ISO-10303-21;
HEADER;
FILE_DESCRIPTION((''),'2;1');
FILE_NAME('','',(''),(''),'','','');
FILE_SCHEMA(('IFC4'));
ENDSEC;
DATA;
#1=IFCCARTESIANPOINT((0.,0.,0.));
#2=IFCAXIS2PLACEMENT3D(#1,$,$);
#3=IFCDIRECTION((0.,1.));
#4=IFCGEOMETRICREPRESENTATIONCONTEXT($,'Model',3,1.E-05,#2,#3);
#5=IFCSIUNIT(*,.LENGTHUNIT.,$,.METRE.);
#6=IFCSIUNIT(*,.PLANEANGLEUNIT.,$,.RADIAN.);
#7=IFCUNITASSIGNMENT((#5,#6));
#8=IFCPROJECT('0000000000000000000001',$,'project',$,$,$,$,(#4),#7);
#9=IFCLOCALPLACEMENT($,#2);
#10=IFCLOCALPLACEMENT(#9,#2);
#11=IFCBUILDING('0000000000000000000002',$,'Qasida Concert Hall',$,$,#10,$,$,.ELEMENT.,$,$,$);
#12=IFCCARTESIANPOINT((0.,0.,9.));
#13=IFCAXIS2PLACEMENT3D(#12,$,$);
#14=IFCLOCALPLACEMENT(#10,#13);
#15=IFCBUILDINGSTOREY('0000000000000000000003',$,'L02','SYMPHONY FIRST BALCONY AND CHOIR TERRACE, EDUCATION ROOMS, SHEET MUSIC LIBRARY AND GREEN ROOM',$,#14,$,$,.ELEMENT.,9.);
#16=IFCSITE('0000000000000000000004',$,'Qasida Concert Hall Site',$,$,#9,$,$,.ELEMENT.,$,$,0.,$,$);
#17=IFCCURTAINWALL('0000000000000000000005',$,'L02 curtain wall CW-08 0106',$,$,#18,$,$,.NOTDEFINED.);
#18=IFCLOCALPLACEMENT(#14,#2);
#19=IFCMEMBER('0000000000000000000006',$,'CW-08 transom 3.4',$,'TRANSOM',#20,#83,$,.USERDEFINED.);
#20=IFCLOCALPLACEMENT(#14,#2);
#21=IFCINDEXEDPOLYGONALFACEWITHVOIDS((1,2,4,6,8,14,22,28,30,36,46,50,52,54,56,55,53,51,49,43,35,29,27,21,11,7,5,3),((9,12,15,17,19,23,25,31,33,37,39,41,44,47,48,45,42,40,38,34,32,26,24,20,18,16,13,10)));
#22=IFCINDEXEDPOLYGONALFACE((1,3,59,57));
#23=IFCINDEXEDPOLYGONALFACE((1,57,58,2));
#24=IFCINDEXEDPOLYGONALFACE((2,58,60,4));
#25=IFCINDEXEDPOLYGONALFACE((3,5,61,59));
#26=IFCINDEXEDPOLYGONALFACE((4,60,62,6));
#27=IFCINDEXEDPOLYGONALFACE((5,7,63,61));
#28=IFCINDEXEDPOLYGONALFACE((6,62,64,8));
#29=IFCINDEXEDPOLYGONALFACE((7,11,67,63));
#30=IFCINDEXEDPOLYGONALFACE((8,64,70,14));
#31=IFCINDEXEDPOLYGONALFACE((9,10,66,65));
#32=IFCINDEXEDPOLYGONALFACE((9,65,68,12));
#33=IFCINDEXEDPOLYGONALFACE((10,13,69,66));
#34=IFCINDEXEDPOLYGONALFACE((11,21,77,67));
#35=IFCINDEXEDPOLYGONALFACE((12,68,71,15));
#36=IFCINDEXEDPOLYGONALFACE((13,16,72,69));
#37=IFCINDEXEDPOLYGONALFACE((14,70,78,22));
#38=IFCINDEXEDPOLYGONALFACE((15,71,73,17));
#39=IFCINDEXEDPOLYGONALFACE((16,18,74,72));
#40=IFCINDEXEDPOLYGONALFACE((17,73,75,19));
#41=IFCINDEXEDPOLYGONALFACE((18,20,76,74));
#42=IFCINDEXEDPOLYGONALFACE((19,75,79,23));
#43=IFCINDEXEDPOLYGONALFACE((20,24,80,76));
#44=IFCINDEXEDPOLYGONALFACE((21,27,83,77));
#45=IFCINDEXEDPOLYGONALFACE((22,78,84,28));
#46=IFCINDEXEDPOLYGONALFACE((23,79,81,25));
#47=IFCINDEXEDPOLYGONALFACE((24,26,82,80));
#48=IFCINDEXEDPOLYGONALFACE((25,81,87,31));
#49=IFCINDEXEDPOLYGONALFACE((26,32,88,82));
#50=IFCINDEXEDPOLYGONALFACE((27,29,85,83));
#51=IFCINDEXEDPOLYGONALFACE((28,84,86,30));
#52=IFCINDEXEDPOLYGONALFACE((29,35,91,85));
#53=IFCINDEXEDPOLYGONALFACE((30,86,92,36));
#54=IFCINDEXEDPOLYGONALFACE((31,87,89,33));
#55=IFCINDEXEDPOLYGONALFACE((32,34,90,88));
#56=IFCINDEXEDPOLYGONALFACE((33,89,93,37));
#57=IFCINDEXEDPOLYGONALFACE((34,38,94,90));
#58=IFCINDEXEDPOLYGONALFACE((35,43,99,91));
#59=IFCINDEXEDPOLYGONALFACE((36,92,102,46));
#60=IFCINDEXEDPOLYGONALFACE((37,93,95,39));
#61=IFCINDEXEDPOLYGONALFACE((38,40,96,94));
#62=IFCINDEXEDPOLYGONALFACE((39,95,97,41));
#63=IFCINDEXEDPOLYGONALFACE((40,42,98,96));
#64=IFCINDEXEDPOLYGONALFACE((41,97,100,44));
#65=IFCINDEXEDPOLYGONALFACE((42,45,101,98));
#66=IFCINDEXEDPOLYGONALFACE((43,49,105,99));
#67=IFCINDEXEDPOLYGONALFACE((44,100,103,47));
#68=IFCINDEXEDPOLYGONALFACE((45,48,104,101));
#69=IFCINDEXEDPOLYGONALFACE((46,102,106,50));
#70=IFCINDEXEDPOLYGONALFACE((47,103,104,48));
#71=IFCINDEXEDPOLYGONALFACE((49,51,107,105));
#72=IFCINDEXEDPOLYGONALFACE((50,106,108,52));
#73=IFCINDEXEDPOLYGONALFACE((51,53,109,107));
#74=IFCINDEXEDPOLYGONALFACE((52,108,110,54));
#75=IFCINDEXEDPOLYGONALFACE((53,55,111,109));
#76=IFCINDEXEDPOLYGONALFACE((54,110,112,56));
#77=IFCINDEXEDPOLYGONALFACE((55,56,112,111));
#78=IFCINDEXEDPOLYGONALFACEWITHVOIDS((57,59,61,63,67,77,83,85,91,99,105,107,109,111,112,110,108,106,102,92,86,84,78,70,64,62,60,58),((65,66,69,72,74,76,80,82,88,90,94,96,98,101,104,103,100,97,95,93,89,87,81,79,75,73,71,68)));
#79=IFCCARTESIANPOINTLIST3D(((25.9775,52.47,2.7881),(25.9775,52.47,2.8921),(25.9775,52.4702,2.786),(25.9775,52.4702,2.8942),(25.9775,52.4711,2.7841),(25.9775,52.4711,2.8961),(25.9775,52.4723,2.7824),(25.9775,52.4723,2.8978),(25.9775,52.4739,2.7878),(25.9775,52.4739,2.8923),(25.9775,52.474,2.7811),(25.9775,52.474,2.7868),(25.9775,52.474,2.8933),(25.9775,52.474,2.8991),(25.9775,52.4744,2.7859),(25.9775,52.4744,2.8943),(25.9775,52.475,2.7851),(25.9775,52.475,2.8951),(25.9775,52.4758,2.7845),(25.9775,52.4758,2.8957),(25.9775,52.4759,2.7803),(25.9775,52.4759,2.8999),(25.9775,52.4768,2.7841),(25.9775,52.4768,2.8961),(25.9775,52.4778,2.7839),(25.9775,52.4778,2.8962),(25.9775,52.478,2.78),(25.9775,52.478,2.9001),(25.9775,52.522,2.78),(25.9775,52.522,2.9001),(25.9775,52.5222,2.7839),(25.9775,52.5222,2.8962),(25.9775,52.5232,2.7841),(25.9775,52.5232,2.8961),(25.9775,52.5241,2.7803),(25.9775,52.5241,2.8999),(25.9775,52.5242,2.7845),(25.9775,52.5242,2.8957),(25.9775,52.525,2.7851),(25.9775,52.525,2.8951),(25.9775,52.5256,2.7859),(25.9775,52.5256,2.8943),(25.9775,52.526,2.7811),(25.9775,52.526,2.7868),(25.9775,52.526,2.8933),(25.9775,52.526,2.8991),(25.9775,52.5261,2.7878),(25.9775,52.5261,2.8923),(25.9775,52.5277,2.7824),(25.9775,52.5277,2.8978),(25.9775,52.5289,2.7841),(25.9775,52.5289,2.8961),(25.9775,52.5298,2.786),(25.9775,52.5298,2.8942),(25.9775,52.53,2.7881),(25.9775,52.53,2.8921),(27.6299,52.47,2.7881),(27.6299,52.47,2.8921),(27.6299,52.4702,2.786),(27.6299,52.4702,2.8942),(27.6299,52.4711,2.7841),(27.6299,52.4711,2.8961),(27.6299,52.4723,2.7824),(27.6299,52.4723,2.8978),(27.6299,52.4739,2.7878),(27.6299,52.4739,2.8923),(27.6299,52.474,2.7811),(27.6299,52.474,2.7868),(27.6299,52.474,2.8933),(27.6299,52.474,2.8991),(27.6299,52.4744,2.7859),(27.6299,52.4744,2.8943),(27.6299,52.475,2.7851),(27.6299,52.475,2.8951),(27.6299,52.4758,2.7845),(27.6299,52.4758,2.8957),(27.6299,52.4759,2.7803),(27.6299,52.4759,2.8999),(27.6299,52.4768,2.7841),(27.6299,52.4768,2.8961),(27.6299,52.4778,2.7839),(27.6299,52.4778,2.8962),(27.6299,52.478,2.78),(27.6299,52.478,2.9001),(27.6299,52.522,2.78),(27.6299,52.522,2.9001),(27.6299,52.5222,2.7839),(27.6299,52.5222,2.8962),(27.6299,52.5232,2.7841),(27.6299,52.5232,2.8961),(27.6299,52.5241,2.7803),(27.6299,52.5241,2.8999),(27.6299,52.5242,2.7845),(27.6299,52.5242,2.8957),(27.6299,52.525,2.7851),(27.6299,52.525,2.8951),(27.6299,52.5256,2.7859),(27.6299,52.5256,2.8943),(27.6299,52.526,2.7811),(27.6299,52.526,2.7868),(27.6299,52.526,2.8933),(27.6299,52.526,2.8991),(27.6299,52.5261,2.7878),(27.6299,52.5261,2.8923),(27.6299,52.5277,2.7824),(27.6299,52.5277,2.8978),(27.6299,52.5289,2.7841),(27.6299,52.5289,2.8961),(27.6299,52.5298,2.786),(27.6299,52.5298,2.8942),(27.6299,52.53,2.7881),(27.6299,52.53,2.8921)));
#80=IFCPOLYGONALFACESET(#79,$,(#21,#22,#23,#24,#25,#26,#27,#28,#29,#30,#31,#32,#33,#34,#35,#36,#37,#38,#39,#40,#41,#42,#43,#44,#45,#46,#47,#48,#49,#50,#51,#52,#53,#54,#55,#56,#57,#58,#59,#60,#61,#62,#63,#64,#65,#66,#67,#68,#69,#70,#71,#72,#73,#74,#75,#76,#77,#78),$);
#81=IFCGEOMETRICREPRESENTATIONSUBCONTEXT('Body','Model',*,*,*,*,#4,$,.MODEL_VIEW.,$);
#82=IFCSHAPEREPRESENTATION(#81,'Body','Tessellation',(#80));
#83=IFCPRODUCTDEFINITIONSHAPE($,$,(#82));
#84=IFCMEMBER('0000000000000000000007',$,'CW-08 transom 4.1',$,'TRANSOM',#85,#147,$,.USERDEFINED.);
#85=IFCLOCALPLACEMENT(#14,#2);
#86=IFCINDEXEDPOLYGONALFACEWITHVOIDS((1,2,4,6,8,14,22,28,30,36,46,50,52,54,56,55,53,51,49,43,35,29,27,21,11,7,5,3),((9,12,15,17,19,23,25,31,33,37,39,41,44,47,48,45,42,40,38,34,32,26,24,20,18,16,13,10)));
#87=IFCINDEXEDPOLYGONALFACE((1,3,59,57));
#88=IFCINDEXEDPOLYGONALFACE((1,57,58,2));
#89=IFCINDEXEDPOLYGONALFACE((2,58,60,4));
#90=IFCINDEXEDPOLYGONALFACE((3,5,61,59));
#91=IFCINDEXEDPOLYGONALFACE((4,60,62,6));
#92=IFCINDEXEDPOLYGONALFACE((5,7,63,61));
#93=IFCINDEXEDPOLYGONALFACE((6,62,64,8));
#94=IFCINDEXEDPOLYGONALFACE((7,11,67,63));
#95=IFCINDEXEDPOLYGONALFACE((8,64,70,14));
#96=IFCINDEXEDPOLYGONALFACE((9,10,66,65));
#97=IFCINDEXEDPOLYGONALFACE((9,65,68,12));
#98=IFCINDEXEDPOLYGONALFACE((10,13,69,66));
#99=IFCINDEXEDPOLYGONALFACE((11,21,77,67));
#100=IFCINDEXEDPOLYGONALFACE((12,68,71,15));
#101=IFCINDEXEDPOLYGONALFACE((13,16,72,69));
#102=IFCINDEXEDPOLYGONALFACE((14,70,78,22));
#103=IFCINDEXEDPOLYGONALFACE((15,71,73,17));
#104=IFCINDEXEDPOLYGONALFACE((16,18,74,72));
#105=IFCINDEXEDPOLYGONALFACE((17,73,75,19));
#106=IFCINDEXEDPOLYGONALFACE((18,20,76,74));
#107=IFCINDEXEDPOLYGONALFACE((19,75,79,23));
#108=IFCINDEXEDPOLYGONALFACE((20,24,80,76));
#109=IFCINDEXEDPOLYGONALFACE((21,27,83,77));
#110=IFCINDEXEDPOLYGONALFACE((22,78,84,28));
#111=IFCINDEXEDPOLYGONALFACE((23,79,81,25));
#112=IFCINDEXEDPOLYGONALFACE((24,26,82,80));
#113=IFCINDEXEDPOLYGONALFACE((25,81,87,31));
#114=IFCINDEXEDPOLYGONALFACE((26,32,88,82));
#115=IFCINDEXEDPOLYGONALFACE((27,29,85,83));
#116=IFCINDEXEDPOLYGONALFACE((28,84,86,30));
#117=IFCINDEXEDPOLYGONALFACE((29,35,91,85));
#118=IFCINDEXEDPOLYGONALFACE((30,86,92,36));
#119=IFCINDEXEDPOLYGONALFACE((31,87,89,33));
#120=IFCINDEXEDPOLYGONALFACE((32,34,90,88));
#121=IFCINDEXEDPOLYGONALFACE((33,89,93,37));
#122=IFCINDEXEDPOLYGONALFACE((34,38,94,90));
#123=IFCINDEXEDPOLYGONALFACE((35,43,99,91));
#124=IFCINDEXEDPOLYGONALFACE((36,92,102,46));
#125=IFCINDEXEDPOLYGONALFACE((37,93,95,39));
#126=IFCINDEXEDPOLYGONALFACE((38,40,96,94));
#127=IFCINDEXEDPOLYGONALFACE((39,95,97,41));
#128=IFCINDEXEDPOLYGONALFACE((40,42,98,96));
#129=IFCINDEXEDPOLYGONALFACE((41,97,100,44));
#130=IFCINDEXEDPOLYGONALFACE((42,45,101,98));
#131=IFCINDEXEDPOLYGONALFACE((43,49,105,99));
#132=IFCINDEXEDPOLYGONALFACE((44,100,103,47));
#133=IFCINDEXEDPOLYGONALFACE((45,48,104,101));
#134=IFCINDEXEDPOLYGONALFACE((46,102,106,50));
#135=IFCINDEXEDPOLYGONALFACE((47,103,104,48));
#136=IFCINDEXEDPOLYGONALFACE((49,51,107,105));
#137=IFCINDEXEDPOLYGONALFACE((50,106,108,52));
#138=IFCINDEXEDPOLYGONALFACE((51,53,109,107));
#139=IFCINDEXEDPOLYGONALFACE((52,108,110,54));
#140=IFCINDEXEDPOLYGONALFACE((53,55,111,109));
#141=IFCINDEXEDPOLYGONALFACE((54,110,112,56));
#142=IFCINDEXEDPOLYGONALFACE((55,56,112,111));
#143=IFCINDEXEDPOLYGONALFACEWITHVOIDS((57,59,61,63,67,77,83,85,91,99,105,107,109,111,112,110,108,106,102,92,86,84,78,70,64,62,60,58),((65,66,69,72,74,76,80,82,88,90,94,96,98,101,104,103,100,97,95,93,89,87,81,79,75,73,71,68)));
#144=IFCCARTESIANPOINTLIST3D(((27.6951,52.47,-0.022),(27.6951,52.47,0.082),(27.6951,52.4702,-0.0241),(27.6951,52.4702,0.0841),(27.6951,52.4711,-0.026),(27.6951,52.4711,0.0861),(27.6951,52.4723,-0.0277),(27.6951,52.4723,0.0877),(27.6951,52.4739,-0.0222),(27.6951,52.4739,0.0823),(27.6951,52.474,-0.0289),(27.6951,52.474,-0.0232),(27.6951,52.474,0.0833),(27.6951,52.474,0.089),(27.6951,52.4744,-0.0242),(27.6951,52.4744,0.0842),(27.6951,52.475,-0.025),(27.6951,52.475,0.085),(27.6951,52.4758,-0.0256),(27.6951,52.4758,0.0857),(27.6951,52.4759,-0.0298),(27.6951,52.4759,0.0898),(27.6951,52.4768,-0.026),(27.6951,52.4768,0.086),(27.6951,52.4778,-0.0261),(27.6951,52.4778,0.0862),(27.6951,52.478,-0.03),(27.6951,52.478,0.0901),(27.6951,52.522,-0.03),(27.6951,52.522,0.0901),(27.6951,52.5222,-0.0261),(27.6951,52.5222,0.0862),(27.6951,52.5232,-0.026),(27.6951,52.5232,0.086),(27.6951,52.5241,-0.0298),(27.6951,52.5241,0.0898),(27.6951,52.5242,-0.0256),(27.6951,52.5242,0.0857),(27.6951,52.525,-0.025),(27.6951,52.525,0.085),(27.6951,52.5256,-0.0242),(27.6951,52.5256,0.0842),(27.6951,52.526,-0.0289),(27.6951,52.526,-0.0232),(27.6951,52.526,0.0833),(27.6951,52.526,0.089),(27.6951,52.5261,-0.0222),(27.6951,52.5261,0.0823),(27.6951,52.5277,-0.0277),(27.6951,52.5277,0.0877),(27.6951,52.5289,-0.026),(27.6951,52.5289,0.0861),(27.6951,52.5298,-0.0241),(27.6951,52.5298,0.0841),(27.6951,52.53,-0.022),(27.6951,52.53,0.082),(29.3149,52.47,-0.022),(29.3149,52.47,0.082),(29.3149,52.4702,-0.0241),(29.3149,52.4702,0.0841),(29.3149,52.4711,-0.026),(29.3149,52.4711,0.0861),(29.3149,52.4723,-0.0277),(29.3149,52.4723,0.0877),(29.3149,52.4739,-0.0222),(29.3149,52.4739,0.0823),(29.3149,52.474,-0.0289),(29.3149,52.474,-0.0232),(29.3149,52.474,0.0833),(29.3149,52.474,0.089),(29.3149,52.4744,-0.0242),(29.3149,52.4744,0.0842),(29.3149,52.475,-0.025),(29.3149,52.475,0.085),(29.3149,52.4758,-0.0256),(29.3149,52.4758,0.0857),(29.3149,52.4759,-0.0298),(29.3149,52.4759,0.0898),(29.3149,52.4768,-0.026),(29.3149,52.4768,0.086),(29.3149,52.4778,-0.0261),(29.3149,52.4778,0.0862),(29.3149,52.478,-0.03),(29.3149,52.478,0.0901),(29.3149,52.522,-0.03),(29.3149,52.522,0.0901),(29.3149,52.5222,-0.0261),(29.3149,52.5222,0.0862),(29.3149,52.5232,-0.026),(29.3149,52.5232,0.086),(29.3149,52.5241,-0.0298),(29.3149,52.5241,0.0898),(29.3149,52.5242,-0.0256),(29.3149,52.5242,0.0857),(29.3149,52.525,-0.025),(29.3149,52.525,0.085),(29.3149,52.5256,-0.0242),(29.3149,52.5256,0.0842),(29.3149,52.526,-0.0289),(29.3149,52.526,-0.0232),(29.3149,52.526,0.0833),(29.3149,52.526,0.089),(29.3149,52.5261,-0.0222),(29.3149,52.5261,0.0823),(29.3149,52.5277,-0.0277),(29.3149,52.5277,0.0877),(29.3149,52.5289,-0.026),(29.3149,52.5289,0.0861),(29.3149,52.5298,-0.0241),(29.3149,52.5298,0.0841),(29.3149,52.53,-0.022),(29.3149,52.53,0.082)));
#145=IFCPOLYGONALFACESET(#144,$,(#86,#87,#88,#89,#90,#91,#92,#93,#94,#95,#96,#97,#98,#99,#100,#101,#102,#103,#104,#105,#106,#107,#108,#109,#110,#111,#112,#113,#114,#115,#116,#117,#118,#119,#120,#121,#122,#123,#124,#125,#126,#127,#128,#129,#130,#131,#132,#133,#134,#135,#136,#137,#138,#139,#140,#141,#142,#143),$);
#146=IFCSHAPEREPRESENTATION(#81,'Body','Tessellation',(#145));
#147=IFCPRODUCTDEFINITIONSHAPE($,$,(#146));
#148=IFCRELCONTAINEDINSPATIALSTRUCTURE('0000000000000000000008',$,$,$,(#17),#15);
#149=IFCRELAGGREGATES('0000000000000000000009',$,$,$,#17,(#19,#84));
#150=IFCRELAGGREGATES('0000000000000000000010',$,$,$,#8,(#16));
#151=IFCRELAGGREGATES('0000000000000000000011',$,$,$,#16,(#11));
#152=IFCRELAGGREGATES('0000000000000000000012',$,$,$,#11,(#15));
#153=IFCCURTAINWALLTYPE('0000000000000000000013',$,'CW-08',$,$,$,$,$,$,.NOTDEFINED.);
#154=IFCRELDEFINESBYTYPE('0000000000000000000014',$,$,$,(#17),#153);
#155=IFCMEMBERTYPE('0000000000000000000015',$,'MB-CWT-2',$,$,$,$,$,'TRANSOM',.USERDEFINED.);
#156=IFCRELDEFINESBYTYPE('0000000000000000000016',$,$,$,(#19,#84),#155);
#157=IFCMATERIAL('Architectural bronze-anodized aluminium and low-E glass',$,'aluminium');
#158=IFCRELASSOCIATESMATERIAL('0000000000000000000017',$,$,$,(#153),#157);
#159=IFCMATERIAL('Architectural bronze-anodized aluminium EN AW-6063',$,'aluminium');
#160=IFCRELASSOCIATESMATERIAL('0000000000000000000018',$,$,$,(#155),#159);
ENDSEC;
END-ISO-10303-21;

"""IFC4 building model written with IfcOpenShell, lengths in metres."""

from ifc_helpers import new_model, si_unit, direction, frame, origin, origin_2d, place, context, subcontext, project, spatial, hollow_rectangle, extrude, material, material_profile, profile_set, type_object, element, aggregate, save


model = new_model("IFC4")

# Units and contexts
model_context = context("Model", 3, precision=1e-05, world=origin(), true_north=direction((0.0, 1.0)))
body_context = subcontext(model_context, "Body", "Model", "MODEL_VIEW")
ifc_project = project(units=[si_unit("LENGTHUNIT", "METRE"), si_unit("PLANEANGLEUNIT", "RADIAN")], contexts=[model_context])

# Site, building, storey
site_placement = place(None, origin())
site = spatial("IfcSite", under=ifc_project, at=site_placement, Name="Qasida Concert Hall Site", CompositionType="ELEMENT", RefElevation=0.0)
building_placement = place(site_placement, origin())
building = spatial("IfcBuilding", under=site, at=building_placement, Name="Qasida Concert Hall", CompositionType="ELEMENT")
storey_placement = place(building_placement, frame((0.0, 0.0, 9.0)))
storey = spatial("IfcBuildingStorey", under=building, at=storey_placement, Name="L02", Description="SYMPHONY FIRST BALCONY AND CHOIR TERRACE, EDUCATION ROOMS, SHEET MUSIC LIBRARY AND GREEN ROOM", CompositionType="ELEMENT", Elevation=9.0)

# Curtain wall, members
ifc_material_1 = material(Name="Architectural bronze-anodized aluminium and low-E glass", Category="aluminium")
curtain_wall_type = type_object("IfcCurtainWallType", Name="CW-08", PredefinedType="NOTDEFINED", material=ifc_material_1)
curtain_wall_placement = place(storey_placement, origin())
curtain_wall = element("IfcCurtainWall", 1, at=curtain_wall_placement, inside=storey, type_object=curtain_wall_type, Name="L02 curtain wall CW-08 0106", PredefinedType="NOTDEFINED")
ifc_material_2 = material(Name="Architectural bronze-anodized aluminium EN AW-6063", Category="aluminium")
ifc_material_profile_1 = material_profile(ifc_material_2, hollow_rectangle(XDim=0.0601, YDim=0.1201, WallThickness=0.0039, InnerFilletRadius=0.0039, OuterFilletRadius=0.0081, at=origin_2d()), Name="CWT 120x60x4")
ifc_profile_set_1 = profile_set([ifc_material_profile_1], Name="Architectural bronze-anodized aluminium EN AW-6063")
member_type_1 = type_object("IfcMemberType", Name="MB-CWT-2", ElementType="TRANSOM", PredefinedType="USERDEFINED", material=ifc_profile_set_1)
member_1_placement = place(storey_placement, frame((25.9775, 52.5, 2.8401), z_axis=(1.0, 0.0, 0.0), x_axis=(0.0, 1.0, 0.0)))
member_1 = element("IfcMember", 2, at=member_1_placement, type_object=member_type_1, Name="CW-08 transom 3.4", ObjectType="TRANSOM", PredefinedType="USERDEFINED", context=body_context, shape_type="SweptSolid", body=[
    extrude(hollow_rectangle(XDim=0.0601, YDim=0.1201, WallThickness=0.0039, InnerFilletRadius=0.0039, OuterFilletRadius=0.0081, at=origin_2d()), origin(), (0.0, 0.0, 1.0), 1.6523),
])
member_2_placement = place(storey_placement, frame((27.6951, 52.5, 0.03), z_axis=(1.0, 0.0, 0.0), x_axis=(0.0, 1.0, 0.0)))
member_2 = element("IfcMember", 3, at=member_2_placement, type_object=member_type_1, Name="CW-08 transom 4.1", ObjectType="TRANSOM", PredefinedType="USERDEFINED", context=body_context, shape_type="SweptSolid", body=[
    extrude(hollow_rectangle(XDim=0.0601, YDim=0.1201, WallThickness=0.0039, InnerFilletRadius=0.0039, OuterFilletRadius=0.0081, at=origin_2d()), origin(), (0.0, 0.0, 1.0), 1.6199),
])
aggregate(curtain_wall, [member_1, member_2])

save(model, "model.ifc")
